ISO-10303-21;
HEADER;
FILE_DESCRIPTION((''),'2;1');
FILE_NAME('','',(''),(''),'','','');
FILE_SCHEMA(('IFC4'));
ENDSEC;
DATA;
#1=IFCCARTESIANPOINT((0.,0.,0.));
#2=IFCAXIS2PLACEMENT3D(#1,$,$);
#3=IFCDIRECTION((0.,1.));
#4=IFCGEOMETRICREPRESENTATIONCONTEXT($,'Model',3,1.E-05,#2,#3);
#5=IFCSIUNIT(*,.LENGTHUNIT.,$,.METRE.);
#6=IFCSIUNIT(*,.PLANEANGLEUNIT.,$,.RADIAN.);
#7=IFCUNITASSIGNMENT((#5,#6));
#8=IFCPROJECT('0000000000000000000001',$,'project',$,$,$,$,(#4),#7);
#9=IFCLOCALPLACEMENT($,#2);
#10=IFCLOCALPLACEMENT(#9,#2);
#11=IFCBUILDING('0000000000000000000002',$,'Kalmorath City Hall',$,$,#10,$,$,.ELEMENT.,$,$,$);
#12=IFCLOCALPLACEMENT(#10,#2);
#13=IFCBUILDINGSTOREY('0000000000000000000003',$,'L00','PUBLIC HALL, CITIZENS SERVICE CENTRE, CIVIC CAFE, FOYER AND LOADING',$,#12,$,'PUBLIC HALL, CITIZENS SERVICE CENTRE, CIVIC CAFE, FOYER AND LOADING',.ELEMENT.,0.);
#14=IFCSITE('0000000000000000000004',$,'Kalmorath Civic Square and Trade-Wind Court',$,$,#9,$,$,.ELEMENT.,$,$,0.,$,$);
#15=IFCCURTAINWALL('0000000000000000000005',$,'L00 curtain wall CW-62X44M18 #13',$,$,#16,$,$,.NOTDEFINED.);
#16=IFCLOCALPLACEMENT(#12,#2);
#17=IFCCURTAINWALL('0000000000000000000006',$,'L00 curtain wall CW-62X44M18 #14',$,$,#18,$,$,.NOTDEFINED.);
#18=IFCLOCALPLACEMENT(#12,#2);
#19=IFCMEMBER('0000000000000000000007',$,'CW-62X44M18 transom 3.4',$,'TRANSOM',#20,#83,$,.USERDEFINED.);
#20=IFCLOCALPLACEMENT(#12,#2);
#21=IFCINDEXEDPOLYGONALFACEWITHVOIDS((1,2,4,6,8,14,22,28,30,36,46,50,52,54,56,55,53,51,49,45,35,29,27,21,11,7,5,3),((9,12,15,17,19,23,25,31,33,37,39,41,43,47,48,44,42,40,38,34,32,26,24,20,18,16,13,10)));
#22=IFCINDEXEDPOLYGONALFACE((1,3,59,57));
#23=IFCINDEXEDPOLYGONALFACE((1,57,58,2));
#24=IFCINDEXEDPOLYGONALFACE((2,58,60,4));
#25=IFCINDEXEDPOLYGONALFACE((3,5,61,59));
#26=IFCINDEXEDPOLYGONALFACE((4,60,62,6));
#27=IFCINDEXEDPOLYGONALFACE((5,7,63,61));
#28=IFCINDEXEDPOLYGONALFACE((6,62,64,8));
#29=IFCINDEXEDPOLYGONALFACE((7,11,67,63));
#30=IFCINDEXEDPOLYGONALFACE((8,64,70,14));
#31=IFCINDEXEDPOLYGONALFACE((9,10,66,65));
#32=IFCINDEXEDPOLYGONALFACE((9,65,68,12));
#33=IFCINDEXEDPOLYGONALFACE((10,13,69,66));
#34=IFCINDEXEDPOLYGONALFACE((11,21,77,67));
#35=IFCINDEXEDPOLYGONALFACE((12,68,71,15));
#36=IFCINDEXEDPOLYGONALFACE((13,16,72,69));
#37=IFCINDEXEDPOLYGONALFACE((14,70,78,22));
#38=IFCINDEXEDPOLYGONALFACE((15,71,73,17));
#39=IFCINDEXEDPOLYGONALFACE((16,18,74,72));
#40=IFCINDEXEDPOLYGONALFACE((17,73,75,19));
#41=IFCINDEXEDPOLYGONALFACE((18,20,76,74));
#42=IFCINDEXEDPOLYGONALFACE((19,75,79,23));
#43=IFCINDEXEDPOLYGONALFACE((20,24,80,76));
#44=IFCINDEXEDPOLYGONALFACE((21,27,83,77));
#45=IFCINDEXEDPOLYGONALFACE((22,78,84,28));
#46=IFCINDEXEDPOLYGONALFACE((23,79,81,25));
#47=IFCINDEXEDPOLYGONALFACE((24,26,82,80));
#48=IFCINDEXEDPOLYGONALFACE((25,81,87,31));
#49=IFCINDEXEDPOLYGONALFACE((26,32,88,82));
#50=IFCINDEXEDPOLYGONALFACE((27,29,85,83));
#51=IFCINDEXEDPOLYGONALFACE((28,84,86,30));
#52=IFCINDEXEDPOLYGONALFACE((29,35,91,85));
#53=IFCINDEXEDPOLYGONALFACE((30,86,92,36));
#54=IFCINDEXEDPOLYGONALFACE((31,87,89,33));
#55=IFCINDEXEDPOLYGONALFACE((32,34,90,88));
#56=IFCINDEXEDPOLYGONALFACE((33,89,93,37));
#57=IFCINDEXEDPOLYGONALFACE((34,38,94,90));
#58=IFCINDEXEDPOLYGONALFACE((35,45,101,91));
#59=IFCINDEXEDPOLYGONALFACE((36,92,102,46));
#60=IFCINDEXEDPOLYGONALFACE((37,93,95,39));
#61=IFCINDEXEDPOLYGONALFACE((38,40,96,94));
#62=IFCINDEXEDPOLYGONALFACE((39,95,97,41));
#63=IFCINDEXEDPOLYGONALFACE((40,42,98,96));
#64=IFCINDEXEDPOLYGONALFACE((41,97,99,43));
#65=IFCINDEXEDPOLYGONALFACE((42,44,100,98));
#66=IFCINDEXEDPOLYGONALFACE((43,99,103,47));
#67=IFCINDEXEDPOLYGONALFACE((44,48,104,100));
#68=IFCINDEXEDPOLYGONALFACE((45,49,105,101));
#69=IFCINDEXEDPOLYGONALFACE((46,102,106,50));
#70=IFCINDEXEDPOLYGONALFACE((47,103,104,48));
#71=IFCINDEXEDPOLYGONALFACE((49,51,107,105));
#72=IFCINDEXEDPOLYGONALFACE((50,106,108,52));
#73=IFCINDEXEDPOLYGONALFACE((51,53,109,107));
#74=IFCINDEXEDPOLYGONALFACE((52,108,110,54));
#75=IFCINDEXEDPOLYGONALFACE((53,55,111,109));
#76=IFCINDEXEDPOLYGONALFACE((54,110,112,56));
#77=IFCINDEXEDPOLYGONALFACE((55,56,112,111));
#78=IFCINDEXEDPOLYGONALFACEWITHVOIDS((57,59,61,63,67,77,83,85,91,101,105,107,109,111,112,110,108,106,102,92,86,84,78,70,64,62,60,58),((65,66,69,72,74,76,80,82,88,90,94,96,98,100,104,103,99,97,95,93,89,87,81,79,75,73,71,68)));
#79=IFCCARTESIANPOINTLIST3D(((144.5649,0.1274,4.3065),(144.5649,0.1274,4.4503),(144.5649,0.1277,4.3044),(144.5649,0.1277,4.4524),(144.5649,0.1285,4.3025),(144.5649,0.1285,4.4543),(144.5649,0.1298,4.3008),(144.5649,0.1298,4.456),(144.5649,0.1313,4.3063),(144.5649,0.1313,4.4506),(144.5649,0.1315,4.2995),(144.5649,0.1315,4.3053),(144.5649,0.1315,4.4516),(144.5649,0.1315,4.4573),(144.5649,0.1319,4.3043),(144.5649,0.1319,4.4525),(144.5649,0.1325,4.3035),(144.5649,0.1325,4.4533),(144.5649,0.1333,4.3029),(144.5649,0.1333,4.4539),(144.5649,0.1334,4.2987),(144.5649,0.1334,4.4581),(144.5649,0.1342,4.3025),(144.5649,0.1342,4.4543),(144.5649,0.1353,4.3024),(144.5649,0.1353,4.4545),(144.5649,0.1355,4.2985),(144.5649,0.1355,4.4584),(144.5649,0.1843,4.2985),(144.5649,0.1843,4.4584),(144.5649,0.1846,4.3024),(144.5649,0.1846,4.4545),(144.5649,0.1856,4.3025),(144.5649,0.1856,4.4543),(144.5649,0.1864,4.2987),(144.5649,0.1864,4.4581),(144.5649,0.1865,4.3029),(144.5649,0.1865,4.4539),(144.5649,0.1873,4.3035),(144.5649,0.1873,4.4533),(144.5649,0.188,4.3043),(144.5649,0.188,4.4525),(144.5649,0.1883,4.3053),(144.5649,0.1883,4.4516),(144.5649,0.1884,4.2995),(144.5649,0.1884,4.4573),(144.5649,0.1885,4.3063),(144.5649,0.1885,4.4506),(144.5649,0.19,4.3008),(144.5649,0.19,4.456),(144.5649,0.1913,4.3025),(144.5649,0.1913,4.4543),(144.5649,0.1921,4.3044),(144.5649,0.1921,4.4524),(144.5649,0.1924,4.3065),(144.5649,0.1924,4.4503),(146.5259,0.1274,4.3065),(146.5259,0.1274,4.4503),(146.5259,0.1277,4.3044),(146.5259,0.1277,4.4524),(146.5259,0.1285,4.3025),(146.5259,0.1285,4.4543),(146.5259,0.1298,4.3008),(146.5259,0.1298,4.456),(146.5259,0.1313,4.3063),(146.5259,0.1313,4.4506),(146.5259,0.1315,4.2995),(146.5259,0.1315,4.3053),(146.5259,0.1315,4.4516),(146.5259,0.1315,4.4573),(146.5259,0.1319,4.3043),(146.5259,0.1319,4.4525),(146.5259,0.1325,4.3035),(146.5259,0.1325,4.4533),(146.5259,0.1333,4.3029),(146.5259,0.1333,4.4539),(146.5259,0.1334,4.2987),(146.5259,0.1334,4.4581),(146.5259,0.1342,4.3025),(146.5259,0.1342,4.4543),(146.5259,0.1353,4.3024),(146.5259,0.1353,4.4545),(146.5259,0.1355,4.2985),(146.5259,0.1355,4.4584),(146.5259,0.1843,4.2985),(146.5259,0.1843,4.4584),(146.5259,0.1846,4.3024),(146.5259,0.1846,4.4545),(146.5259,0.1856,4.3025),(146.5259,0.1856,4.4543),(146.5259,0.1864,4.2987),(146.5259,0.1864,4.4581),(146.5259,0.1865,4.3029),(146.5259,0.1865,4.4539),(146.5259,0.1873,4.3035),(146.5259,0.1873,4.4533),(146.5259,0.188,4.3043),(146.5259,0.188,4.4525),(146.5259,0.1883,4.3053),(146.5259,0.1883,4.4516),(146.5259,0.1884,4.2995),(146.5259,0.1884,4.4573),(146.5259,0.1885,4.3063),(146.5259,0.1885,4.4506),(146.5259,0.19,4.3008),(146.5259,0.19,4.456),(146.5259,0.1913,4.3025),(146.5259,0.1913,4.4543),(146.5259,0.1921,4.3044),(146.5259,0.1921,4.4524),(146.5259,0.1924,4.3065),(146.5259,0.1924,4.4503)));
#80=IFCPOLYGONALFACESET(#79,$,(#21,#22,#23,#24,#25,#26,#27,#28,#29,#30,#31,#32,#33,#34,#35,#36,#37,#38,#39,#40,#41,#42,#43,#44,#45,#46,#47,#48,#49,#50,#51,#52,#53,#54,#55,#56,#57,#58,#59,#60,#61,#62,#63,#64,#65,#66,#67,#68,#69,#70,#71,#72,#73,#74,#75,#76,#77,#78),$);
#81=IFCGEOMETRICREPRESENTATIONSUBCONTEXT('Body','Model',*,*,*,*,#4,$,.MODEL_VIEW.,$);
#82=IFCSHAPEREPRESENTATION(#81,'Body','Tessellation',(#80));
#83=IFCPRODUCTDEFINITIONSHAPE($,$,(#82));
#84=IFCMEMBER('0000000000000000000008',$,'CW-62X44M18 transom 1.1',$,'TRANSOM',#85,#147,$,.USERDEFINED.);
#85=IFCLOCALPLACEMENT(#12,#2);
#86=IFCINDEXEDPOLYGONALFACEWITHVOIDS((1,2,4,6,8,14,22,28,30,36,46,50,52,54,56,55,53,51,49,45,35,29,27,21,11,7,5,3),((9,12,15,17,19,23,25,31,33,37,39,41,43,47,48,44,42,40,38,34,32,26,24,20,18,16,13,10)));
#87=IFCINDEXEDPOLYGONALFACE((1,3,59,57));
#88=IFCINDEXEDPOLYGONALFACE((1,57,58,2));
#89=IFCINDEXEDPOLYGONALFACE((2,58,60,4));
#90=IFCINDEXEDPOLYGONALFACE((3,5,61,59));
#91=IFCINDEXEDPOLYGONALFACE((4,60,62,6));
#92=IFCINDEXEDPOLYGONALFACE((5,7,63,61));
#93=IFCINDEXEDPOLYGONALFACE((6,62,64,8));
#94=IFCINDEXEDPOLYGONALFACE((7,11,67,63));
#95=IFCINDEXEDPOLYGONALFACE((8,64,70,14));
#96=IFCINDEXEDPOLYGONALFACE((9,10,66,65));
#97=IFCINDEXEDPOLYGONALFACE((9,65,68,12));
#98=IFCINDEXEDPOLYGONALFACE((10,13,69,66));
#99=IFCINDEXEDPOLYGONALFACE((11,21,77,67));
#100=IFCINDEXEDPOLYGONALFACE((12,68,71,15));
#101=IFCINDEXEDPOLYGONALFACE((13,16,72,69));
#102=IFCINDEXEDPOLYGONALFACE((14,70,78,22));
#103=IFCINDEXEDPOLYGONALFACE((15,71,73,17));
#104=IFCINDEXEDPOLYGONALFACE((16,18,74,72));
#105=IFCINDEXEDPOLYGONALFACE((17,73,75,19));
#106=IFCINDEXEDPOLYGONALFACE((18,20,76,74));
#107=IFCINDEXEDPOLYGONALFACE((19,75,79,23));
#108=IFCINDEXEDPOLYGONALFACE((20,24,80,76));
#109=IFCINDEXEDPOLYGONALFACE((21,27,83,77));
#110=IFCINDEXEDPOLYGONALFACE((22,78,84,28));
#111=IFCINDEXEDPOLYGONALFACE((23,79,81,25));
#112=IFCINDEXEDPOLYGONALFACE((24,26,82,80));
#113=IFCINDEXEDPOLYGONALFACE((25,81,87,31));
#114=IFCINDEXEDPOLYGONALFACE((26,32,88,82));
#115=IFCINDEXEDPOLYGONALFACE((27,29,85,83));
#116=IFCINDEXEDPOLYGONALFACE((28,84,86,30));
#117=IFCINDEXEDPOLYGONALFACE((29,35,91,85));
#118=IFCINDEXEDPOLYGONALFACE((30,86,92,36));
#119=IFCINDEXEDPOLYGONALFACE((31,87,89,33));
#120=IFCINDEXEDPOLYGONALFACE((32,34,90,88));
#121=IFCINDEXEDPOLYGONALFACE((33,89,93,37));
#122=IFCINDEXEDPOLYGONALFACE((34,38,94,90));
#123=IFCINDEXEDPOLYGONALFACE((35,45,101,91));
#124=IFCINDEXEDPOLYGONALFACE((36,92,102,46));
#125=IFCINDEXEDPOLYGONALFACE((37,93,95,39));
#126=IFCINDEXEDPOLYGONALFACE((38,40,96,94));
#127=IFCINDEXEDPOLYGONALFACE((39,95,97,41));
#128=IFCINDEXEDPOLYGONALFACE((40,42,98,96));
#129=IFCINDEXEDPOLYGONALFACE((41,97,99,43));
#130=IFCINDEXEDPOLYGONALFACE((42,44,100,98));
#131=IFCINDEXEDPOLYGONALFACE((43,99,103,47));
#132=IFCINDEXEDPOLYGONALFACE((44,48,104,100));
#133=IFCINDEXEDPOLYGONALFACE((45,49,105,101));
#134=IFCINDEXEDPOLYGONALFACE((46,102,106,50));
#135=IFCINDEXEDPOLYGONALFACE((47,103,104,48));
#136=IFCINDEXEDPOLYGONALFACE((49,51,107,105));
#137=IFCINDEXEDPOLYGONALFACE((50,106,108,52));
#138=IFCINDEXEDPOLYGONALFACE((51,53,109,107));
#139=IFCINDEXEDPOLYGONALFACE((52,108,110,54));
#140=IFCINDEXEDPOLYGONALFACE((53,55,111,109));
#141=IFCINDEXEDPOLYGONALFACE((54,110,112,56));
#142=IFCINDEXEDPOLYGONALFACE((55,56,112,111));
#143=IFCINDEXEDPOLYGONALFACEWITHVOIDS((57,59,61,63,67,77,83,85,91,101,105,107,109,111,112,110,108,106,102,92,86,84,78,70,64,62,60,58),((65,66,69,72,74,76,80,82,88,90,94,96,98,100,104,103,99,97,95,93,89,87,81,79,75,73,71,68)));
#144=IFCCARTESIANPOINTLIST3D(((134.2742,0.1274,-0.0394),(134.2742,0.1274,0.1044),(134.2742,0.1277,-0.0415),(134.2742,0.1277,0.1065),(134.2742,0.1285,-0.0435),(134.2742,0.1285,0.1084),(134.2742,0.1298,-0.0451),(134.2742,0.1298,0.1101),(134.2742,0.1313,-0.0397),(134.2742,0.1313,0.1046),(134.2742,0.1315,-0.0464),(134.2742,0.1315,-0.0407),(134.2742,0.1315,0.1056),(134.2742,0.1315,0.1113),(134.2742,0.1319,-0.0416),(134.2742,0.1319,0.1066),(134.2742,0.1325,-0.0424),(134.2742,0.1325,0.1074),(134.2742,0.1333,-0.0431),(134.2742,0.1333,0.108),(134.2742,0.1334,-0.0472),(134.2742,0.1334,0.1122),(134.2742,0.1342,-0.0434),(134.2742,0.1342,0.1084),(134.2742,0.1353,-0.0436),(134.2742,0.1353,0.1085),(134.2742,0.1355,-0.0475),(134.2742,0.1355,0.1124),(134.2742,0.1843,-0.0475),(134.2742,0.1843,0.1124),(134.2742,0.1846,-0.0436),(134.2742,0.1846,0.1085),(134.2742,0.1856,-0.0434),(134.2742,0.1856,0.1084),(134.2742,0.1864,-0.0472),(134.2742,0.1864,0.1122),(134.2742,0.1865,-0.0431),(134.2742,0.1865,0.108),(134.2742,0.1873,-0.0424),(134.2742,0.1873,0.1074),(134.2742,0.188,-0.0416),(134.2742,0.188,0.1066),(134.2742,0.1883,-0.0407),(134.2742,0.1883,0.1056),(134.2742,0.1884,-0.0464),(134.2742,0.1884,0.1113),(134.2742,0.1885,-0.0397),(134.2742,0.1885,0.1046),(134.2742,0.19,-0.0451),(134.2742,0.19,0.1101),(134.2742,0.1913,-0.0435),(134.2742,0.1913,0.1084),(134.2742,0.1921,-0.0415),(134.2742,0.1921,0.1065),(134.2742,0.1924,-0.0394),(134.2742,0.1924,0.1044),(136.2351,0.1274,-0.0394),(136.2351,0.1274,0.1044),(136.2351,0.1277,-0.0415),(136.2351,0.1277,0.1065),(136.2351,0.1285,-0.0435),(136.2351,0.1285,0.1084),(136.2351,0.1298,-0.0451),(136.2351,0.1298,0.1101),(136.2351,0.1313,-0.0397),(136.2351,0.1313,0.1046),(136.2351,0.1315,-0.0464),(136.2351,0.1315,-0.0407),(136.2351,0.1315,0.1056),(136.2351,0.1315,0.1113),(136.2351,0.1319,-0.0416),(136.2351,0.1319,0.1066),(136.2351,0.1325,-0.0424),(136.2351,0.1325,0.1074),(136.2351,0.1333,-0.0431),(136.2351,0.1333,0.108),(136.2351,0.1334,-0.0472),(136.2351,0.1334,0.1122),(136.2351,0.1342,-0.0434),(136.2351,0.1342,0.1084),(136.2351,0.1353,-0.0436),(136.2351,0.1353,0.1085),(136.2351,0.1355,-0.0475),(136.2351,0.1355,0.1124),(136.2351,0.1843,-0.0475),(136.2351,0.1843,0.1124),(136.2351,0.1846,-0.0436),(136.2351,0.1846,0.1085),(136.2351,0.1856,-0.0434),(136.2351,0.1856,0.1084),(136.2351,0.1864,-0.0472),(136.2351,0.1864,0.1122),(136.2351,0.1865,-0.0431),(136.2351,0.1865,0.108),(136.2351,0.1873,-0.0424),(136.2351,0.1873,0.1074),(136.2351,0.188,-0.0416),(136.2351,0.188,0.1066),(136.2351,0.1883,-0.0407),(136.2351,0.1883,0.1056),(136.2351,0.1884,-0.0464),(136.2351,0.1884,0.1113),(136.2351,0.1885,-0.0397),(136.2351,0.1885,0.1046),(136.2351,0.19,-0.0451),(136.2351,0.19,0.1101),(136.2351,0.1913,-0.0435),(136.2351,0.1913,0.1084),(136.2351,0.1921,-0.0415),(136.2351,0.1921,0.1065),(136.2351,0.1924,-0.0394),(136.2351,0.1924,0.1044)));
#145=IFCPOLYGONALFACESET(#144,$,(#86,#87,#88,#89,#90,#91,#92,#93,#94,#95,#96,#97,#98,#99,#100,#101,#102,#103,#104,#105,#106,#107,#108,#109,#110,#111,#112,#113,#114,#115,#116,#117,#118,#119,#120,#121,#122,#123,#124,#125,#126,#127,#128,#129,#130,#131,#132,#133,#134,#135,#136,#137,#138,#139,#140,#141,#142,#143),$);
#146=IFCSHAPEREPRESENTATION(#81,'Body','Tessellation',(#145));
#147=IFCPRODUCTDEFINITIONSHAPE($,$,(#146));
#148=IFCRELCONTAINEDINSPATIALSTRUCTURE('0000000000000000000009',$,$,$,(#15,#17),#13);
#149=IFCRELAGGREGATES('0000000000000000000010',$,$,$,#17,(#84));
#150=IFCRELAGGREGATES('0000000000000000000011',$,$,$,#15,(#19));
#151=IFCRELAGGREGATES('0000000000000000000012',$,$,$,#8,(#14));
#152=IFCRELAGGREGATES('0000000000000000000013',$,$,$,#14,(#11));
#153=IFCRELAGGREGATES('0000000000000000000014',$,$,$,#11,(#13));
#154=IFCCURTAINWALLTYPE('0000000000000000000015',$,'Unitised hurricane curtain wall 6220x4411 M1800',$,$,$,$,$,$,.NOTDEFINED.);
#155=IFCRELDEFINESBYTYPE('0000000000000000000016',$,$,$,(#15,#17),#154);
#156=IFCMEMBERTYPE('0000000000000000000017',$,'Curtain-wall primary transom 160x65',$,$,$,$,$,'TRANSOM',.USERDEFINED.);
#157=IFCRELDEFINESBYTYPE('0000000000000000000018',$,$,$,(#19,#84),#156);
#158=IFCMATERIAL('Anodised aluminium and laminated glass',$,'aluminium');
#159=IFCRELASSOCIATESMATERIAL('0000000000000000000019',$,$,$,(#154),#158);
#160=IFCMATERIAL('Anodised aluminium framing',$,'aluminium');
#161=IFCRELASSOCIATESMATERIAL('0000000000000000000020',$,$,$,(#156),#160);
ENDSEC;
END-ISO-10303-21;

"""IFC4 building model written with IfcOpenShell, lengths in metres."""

from ifc_helpers import new_model, si_unit, direction, frame, origin, origin_2d, place, context, subcontext, project, spatial, hollow_rectangle, extrude, material, material_profile, profile_set, type_object, element, aggregate, save


model = new_model("IFC4")

# Units and contexts
model_context = context("Model", 3, precision=1e-05, world=origin(), true_north=direction((0.0, 1.0)))
body_context = subcontext(model_context, "Body", "Model", "MODEL_VIEW")
ifc_project = project(units=[si_unit("LENGTHUNIT", "METRE"), si_unit("PLANEANGLEUNIT", "RADIAN")], contexts=[model_context])

# Site, building, storey
site_placement = place(None, origin())
site = spatial("IfcSite", under=ifc_project, at=site_placement, Name="Kalmorath Civic Square and Trade-Wind Court", CompositionType="ELEMENT", RefElevation=0.0)
building_placement = place(site_placement, origin())
building = spatial("IfcBuilding", under=site, at=building_placement, Name="Kalmorath City Hall", CompositionType="ELEMENT")
storey_placement = place(building_placement, origin())
storey = spatial("IfcBuildingStorey", under=building, at=storey_placement, Name="L00", Description="PUBLIC HALL, CITIZENS SERVICE CENTRE, CIVIC CAFE, FOYER AND LOADING", LongName="PUBLIC HALL, CITIZENS SERVICE CENTRE, CIVIC CAFE, FOYER AND LOADING", CompositionType="ELEMENT", Elevation=0.0)

# Curtain wall
ifc_material_1 = material(Name="Anodised aluminium and laminated glass", Category="aluminium")
curtain_wall_type = type_object("IfcCurtainWallType", Name="Unitised hurricane curtain wall 6220x4411 M1800", PredefinedType="NOTDEFINED", material=ifc_material_1)
curtain_wall_1_placement = place(storey_placement, origin())
curtain_wall_1 = element("IfcCurtainWall", 1, at=curtain_wall_1_placement, inside=storey, type_object=curtain_wall_type, Name="L00 curtain wall CW-62X44M18 #13", PredefinedType="NOTDEFINED")

# Curtain wall
curtain_wall_2_placement = place(storey_placement, origin())
curtain_wall_2 = element("IfcCurtainWall", 2, at=curtain_wall_2_placement, inside=storey, type_object=curtain_wall_type, Name="L00 curtain wall CW-62X44M18 #14", PredefinedType="NOTDEFINED")

# Members
ifc_material_2 = material(Name="Anodised aluminium framing", Category="aluminium")
ifc_material_profile_1 = material_profile(ifc_material_2, hollow_rectangle(XDim=0.0649, YDim=0.1599, WallThickness=0.0039, InnerFilletRadius=0.0039, OuterFilletRadius=0.0081, at=origin_2d()), Name="ALU-TRN-160X65X4")
ifc_profile_set_1 = profile_set([ifc_material_profile_1], Name="Anodised aluminium framing")
member_type_1 = type_object("IfcMemberType", Name="Curtain-wall primary transom 160x65", ElementType="TRANSOM", PredefinedType="USERDEFINED", material=ifc_profile_set_1)
member_1_placement = place(storey_placement, frame((146.5259, 0.1599, 4.3784), z_axis=(-1.0, 0.0, 0.0), x_axis=(0.0, -1.0, 0.0)))
member_1 = element("IfcMember", 3, at=member_1_placement, type_object=member_type_1, Name="CW-62X44M18 transom 3.4", ObjectType="TRANSOM", PredefinedType="USERDEFINED", context=body_context, shape_type="SweptSolid", body=[
    extrude(hollow_rectangle(XDim=0.0649, YDim=0.1599, WallThickness=0.0039, InnerFilletRadius=0.0039, OuterFilletRadius=0.0081, at=origin_2d()), origin(), (0.0, 0.0, 1.0), 1.9609),
])
member_2_placement = place(storey_placement, frame((136.2351, 0.1599, 0.0325), z_axis=(-1.0, 0.0, 0.0), x_axis=(0.0, -1.0, 0.0)))
member_2 = element("IfcMember", 4, at=member_2_placement, type_object=member_type_1, Name="CW-62X44M18 transom 1.1", ObjectType="TRANSOM", PredefinedType="USERDEFINED", context=body_context, shape_type="SweptSolid", body=[
    extrude(hollow_rectangle(XDim=0.0649, YDim=0.1599, WallThickness=0.0039, InnerFilletRadius=0.0039, OuterFilletRadius=0.0081, at=origin_2d()), origin(), (0.0, 0.0, 1.0), 1.9609),
])
aggregate(curtain_wall_2, [member_2])

aggregate(curtain_wall_1, [member_1])

save(model, "model.ifc")
